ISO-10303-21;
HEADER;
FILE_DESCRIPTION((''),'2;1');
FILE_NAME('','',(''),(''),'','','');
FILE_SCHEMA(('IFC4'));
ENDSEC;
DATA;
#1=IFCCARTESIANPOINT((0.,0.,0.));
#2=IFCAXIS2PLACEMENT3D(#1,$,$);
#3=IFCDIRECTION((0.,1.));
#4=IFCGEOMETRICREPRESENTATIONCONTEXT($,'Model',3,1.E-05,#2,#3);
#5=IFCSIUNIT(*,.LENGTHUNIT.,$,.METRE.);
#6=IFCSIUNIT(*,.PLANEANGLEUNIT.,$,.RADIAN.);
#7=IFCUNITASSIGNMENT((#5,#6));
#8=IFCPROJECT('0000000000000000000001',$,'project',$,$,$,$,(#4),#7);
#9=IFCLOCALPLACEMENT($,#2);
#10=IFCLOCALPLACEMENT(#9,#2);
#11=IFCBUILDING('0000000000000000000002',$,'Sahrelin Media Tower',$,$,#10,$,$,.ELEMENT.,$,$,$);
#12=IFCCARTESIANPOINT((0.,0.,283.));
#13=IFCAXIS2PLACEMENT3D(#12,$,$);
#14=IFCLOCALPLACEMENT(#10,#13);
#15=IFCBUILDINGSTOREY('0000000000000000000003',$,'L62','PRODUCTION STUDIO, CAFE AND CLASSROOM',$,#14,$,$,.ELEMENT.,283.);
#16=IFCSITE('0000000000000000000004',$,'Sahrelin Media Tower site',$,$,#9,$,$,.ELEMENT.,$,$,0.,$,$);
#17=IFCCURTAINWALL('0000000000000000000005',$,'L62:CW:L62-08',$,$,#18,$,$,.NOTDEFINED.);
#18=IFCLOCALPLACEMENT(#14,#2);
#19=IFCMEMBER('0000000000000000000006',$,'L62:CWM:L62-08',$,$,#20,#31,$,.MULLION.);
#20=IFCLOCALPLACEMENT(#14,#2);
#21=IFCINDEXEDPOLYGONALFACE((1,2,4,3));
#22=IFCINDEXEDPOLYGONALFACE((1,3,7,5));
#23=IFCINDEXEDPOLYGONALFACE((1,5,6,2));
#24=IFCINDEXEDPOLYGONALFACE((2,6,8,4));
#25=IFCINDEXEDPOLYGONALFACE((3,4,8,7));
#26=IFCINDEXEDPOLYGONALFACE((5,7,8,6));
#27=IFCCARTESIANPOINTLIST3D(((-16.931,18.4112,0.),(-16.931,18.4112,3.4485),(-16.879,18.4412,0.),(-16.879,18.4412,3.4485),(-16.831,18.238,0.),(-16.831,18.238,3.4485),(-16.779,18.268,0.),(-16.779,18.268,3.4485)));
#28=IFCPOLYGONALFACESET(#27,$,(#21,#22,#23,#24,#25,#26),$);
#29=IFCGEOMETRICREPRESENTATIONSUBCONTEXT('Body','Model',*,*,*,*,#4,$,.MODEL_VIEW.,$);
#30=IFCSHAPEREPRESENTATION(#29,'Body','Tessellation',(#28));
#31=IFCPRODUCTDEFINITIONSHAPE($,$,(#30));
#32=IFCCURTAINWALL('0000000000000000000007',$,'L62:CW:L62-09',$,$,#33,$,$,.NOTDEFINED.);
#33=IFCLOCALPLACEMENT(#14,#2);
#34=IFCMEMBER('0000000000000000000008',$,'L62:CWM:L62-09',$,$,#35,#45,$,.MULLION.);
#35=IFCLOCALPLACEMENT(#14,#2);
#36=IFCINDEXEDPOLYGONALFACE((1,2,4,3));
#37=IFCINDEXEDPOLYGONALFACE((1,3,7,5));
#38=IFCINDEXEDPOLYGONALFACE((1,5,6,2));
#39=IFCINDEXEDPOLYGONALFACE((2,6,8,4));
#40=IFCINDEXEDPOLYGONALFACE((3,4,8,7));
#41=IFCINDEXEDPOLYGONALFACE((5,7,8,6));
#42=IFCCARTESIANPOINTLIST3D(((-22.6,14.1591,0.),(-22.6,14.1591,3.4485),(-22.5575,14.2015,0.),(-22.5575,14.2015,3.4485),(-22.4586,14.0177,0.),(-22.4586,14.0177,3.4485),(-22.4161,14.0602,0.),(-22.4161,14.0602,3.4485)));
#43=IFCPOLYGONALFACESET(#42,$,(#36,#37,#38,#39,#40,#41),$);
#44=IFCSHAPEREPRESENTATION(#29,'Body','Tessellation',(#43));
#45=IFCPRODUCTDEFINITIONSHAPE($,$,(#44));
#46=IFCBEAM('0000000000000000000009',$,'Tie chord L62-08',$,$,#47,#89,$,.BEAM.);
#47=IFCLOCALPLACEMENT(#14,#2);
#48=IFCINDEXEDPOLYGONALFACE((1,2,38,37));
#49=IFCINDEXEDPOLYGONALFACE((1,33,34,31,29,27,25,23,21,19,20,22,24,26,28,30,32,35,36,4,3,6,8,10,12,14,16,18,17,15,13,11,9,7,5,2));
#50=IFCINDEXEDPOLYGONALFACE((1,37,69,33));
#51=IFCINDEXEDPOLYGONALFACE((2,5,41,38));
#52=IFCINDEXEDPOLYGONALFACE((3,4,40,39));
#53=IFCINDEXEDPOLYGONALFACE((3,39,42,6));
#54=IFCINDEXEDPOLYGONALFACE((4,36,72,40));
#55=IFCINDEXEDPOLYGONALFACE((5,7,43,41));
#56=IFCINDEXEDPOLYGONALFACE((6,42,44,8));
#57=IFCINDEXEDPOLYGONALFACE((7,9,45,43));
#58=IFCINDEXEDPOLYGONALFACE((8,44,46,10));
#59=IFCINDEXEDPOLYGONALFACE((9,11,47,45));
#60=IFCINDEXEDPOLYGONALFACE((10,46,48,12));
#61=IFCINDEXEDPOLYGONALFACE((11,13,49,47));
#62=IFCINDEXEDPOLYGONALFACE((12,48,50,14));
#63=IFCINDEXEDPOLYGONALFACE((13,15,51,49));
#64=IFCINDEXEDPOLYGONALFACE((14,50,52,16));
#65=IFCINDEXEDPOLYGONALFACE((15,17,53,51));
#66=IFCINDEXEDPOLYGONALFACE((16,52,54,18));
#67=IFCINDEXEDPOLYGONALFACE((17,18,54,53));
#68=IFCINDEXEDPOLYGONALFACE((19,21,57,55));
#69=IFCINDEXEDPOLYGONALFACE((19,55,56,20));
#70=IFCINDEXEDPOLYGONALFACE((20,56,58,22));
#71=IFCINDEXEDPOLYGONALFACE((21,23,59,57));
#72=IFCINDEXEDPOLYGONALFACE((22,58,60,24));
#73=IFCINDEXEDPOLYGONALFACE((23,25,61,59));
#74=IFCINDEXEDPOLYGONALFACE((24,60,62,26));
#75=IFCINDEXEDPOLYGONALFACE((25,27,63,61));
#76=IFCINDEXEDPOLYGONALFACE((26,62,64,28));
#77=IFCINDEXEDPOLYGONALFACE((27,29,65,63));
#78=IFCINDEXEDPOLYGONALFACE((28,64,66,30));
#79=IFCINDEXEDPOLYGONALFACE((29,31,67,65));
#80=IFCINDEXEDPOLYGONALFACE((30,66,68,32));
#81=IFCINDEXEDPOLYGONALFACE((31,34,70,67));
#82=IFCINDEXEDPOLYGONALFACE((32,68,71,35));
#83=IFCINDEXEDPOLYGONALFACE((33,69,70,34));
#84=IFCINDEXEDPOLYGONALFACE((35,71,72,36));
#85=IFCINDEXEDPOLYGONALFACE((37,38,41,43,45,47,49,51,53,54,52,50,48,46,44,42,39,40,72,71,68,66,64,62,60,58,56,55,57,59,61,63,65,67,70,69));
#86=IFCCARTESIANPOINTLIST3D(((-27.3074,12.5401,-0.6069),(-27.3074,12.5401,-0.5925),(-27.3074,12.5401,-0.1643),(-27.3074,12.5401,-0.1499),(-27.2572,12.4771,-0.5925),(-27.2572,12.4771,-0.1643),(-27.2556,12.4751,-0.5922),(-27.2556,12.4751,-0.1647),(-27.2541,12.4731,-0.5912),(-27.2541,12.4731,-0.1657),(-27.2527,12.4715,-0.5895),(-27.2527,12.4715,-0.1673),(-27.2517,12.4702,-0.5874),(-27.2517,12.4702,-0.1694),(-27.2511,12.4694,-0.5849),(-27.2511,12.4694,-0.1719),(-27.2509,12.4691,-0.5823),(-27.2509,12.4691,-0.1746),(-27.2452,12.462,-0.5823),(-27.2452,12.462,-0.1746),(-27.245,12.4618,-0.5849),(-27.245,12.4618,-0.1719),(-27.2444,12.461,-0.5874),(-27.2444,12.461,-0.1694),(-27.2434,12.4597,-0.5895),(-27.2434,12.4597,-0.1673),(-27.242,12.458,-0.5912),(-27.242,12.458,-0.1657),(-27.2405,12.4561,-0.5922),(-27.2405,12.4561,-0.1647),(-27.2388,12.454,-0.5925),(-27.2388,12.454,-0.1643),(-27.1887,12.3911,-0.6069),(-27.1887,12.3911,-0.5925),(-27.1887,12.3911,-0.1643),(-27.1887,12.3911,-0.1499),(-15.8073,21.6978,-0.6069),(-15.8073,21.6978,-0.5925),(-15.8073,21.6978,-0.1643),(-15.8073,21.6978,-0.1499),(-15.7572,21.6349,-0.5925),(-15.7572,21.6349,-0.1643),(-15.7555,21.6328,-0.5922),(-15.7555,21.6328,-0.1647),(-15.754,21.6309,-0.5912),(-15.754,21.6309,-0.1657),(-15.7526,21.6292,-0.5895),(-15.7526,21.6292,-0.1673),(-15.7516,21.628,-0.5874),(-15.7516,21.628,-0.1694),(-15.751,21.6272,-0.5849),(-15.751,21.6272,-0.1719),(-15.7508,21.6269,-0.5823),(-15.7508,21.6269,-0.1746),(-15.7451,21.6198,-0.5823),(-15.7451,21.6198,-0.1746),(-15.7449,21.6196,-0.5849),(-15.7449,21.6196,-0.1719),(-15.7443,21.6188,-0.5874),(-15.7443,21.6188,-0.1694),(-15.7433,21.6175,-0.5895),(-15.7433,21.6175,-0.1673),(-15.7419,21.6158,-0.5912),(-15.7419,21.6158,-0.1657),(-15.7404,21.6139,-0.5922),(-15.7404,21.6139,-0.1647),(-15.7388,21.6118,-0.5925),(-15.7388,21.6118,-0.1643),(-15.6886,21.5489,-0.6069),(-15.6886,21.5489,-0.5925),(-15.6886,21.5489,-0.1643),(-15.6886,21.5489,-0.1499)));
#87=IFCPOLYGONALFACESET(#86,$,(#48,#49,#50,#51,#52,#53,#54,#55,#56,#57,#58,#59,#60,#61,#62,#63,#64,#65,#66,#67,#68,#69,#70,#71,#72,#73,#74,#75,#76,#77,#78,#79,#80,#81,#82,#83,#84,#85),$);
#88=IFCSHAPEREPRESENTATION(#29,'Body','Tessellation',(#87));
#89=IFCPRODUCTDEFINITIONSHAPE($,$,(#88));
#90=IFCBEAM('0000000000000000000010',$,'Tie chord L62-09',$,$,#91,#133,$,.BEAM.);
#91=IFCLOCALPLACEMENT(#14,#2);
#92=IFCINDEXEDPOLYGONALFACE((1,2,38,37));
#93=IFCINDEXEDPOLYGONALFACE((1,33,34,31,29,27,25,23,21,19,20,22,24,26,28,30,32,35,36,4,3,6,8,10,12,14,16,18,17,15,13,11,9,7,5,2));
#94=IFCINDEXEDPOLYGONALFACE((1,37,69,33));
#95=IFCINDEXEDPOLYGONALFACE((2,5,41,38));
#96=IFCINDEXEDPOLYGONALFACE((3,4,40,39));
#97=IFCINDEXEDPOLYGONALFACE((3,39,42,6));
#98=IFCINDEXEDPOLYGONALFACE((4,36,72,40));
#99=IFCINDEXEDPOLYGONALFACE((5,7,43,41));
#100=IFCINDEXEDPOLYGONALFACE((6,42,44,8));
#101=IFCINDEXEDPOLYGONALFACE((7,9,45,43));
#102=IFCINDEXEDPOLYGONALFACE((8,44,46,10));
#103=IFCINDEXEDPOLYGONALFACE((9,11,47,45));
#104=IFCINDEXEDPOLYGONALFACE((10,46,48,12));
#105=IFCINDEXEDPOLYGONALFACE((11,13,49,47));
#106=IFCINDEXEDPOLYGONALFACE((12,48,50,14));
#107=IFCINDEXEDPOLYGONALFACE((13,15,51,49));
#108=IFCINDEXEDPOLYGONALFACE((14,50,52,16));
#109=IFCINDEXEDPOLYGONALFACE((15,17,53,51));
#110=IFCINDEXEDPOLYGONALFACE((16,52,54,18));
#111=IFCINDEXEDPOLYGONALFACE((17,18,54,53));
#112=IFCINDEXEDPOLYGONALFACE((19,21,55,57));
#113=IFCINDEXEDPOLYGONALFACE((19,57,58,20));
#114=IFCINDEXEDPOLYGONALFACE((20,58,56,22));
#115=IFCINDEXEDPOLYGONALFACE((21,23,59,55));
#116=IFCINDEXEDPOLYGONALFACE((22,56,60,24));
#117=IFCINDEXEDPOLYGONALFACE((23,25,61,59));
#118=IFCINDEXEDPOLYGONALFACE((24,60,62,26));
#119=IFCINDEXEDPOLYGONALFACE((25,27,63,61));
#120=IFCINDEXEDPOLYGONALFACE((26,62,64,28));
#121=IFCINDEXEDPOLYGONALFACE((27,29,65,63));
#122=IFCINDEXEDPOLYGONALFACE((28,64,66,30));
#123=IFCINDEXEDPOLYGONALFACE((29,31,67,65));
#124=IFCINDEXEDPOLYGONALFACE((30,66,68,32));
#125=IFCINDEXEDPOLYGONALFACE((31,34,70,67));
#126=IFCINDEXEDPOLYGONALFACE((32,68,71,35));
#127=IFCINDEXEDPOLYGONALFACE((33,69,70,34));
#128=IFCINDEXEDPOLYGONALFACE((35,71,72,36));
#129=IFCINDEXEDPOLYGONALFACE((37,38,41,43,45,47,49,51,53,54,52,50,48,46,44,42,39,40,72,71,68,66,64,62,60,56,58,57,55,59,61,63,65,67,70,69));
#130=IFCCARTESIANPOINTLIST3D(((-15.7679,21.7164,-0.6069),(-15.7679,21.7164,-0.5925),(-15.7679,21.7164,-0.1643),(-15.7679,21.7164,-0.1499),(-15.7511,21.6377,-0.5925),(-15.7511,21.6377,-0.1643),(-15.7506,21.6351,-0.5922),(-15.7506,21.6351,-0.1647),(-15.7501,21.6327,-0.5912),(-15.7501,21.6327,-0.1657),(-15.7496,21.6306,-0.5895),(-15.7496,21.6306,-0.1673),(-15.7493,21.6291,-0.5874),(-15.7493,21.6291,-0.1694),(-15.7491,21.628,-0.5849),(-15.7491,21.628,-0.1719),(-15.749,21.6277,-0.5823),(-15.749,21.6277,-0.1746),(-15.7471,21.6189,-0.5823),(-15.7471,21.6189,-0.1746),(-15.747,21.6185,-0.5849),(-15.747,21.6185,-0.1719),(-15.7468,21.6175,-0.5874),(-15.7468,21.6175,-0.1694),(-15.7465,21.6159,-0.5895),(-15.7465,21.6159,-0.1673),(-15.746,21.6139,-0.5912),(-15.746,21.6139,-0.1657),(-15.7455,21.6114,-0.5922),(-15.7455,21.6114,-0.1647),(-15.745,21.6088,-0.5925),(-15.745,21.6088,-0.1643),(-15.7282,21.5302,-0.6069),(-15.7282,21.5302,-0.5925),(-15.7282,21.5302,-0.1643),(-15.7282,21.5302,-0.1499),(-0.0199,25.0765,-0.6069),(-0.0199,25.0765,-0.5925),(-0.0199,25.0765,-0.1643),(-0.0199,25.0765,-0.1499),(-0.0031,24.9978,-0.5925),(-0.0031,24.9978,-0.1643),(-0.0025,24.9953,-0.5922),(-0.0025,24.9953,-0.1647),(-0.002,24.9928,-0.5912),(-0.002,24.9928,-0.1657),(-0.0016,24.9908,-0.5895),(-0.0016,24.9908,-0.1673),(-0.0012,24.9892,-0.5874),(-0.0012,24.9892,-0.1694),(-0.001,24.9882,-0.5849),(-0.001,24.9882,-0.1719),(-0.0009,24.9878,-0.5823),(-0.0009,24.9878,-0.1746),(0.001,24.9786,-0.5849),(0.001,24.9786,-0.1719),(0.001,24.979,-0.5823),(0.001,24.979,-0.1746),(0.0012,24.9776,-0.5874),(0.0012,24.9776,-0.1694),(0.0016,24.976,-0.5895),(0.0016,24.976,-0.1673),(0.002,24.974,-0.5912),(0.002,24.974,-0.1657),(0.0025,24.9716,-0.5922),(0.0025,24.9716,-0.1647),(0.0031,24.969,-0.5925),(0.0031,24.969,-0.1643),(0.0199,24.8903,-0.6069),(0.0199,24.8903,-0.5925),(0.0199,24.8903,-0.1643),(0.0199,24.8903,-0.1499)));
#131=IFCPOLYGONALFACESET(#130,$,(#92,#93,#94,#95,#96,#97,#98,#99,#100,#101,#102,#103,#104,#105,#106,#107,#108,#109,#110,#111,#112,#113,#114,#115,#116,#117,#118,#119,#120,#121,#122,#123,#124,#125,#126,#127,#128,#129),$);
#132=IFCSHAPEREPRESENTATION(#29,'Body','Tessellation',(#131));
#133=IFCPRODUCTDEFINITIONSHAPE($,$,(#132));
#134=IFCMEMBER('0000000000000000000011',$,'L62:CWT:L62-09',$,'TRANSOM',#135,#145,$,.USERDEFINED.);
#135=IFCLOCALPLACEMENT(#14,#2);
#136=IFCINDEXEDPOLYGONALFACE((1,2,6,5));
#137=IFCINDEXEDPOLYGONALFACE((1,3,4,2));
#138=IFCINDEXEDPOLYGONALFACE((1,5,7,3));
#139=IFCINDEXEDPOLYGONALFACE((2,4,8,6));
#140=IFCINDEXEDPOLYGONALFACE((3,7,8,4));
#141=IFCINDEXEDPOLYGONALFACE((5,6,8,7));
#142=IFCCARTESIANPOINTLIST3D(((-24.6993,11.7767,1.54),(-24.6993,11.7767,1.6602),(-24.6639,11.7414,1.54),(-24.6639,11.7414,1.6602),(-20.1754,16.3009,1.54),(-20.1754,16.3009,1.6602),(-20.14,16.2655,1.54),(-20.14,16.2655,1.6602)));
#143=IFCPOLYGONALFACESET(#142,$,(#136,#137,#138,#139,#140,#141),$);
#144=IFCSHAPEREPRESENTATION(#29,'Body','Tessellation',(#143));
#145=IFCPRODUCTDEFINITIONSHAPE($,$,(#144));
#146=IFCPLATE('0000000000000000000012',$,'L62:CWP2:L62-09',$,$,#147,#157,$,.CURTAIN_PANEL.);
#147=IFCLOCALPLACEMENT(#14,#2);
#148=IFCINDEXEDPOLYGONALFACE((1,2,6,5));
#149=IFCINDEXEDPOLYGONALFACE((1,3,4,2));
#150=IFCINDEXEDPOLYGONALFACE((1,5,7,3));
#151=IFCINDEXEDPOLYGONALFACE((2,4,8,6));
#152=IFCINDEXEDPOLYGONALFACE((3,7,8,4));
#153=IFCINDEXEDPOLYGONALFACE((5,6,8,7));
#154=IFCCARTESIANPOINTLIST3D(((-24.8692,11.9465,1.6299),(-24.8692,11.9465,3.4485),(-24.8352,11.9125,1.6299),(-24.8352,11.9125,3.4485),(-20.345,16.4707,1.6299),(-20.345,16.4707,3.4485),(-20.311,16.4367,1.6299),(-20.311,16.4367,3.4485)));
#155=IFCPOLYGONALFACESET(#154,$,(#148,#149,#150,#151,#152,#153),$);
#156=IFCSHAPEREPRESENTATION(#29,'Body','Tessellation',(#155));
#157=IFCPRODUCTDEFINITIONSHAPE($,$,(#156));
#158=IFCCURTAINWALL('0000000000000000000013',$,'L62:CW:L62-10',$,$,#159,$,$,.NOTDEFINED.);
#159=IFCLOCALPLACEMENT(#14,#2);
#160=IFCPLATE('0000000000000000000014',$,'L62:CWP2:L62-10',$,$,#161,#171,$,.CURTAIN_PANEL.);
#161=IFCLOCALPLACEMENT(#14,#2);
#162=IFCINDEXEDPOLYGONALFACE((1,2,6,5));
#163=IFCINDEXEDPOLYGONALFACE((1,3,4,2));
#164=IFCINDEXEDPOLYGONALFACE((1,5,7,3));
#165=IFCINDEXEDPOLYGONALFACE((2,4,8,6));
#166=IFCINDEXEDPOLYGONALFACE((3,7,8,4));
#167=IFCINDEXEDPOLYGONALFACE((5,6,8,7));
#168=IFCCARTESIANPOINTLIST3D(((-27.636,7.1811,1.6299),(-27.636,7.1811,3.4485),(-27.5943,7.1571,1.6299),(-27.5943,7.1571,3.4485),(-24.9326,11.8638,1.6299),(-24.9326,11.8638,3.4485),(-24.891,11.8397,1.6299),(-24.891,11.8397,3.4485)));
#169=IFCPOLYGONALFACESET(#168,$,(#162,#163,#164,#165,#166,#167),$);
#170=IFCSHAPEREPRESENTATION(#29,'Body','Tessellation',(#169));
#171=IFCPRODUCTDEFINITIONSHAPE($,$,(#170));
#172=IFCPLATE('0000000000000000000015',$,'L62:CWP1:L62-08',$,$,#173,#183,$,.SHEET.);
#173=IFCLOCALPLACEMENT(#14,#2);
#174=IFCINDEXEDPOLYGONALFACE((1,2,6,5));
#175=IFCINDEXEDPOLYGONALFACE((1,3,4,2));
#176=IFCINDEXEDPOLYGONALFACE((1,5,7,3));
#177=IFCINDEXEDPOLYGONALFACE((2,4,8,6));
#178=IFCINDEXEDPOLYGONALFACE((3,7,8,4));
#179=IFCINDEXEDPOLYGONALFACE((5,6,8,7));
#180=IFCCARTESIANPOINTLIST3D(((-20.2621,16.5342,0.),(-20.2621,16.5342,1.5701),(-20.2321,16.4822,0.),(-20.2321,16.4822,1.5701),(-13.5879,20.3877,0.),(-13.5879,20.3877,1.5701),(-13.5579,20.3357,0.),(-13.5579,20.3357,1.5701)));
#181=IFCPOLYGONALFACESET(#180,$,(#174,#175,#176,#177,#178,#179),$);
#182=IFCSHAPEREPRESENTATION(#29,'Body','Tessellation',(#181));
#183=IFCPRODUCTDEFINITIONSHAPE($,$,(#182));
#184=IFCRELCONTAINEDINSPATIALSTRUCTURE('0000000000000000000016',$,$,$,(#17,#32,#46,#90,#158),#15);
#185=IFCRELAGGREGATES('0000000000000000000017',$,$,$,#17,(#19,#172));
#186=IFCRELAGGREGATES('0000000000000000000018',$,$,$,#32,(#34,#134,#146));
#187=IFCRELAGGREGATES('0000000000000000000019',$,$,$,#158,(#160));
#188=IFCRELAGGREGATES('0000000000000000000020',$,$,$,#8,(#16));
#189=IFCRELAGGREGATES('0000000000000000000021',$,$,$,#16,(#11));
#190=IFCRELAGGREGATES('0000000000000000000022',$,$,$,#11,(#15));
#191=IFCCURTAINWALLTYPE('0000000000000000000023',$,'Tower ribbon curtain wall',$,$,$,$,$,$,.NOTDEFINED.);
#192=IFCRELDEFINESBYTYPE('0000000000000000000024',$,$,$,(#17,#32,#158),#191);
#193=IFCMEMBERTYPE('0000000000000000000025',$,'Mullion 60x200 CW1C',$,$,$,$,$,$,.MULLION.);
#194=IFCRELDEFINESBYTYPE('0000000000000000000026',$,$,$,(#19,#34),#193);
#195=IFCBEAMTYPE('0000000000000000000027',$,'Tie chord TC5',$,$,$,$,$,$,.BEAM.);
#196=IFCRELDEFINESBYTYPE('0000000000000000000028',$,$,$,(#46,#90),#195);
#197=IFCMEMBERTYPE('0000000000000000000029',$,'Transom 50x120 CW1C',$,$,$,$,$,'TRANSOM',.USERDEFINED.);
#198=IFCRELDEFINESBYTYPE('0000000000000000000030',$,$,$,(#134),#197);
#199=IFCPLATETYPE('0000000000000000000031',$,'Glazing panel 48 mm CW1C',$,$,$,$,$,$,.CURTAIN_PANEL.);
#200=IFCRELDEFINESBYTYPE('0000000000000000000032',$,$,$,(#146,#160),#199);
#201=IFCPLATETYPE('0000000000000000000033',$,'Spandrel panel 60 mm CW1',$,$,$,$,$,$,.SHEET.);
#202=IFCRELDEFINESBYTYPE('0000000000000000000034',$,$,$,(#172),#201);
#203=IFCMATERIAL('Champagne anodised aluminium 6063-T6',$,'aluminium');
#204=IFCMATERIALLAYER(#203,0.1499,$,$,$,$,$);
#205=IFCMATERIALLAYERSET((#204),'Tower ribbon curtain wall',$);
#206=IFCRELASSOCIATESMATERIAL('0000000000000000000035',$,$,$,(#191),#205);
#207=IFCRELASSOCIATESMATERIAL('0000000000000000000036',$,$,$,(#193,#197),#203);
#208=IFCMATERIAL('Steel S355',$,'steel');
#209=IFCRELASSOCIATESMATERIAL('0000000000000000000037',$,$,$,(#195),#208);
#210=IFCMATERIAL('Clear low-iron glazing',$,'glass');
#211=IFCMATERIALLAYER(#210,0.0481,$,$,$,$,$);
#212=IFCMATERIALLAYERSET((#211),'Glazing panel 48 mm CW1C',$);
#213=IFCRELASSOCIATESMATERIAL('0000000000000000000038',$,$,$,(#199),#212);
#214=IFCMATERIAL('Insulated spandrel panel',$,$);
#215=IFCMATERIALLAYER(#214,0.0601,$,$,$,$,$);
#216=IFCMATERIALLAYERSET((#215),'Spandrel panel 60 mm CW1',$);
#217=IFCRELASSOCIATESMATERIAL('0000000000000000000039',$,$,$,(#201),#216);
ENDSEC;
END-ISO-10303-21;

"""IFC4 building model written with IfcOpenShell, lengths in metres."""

from ifc_helpers import new_model, si_unit, direction, frame, origin, origin_2d, place, context, subcontext, project, spatial, polyline, rectangle, i_section, outline, extrude, material, layer, layer_set, material_profile, profile_set, type_object, element, aggregate, save


model = new_model("IFC4")

# Units and contexts
model_context = context("Model", 3, precision=1e-05, world=origin(), true_north=direction((0.0, 1.0)))
body_context = subcontext(model_context, "Body", "Model", "MODEL_VIEW")
ifc_project = project(units=[si_unit("LENGTHUNIT", "METRE"), si_unit("PLANEANGLEUNIT", "RADIAN")], contexts=[model_context])

# Site, building, storey
site_placement = place(None, origin())
site = spatial("IfcSite", under=ifc_project, at=site_placement, Name="Sahrelin Media Tower site", CompositionType="ELEMENT", RefElevation=0.0)
building_placement = place(site_placement, origin())
building = spatial("IfcBuilding", under=site, at=building_placement, Name="Sahrelin Media Tower", CompositionType="ELEMENT")
storey_placement = place(building_placement, frame((0.0, 0.0, 283.0)))
storey = spatial("IfcBuildingStorey", under=building, at=storey_placement, Name="L62", Description="PRODUCTION STUDIO, CAFE AND CLASSROOM", CompositionType="ELEMENT", Elevation=283.0)

# Shared definitions
ifc_material_1 = material(Name="Steel S355", Category="steel")

# Curtain walls, members
ifc_material_2 = material(Name="Champagne anodised aluminium 6063-T6", Category="aluminium")
ifc_layer_1 = layer(ifc_material_2, 0.1499)
ifc_layer_set_1 = layer_set([ifc_layer_1], Name="Tower ribbon curtain wall")
curtain_wall_type = type_object("IfcCurtainWallType", Name="Tower ribbon curtain wall", PredefinedType="NOTDEFINED", material=ifc_layer_set_1)
curtain_wall_1_placement = place(storey_placement, frame((-16.915, 18.4436, 0.0), z_axis=(0.0, 0.0, 1.0), x_axis=(1.0, 0.0, 0.0)))
curtain_wall_1 = element("IfcCurtainWall", 1, at=curtain_wall_1_placement, inside=storey, type_object=curtain_wall_type, Name="L62:CW:L62-08", PredefinedType="NOTDEFINED")
ifc_material_profile_1 = material_profile(ifc_material_2, rectangle(XDim=0.0601, YDim=0.2, at=origin_2d()), Name="Mullion 60x200")
ifc_profile_set_1 = profile_set([ifc_material_profile_1], Name="Champagne anodised aluminium 6063-T6")
member_type_1 = type_object("IfcMemberType", Name="Mullion 60x200 CW1C", PredefinedType="MULLION", material=ifc_profile_set_1)
member_1_placement = place(storey_placement, frame((-16.855, 18.3396, 0.0), z_axis=(0.0, 0.0, 1.0), x_axis=(-0.866024, -0.500003, 0.0)))
member_1 = element("IfcMember", 2, at=member_1_placement, type_object=member_type_1, Name="L62:CWM:L62-08", PredefinedType="MULLION", context=body_context, shape_type="SweptSolid", body=[
    extrude(rectangle(XDim=0.0601, YDim=0.2, at=origin_2d()), origin(), (0.0, 0.0, 1.0), 3.4485),
])
curtain_wall_2_placement = place(storey_placement, frame((-22.593, 14.1943, 0.0), z_axis=(0.0, 0.0, 1.0), x_axis=(1.0, 0.0, 0.0)))
curtain_wall_2 = element("IfcCurtainWall", 3, at=curtain_wall_2_placement, inside=storey, type_object=curtain_wall_type, Name="L62:CW:L62-09", PredefinedType="NOTDEFINED")
member_2_placement = place(storey_placement, frame((-22.5081, 14.1096, 0.0), z_axis=(0.0, 0.0, 1.0), x_axis=(-0.707107, -0.707107, 0.0)))
member_2 = element("IfcMember", 4, at=member_2_placement, type_object=member_type_1, Name="L62:CWM:L62-09", PredefinedType="MULLION", context=body_context, shape_type="SweptSolid", body=[
    extrude(rectangle(XDim=0.0601, YDim=0.2, at=origin_2d()), origin(), (0.0, 0.0, 1.0), 3.4485),
])

# Beams
ifc_material_profile_2 = material_profile(ifc_material_1, i_section(OverallWidth=0.1904, OverallDepth=0.457, WebThickness=0.009, FlangeThickness=0.0144, FilletRadius=0.0103, at=origin_2d()), Name="UB 457x191x74")
ifc_profile_set_2 = profile_set([ifc_material_profile_2], Name="Steel S355")
beam_type_1 = type_object("IfcBeamType", Name="Tie chord TC5", PredefinedType="BEAM", material=ifc_profile_set_2)
beam_1_placement = place(storey_placement, frame((-27.248, 12.4656, -0.3784), z_axis=(0.78227, 0.62294, 0.0), x_axis=(-0.62294, 0.78227, 0.0)))
element("IfcBeam", 5, at=beam_1_placement, inside=storey, type_object=beam_type_1, Name="Tie chord L62-08", PredefinedType="BEAM", context=body_context, shape_type="SweptSolid", body=[
    extrude(i_section(OverallWidth=0.1904, OverallDepth=0.457, WebThickness=0.009, FlangeThickness=0.0144, FilletRadius=0.0103, at=origin_2d()), origin(), (0.0, 0.0, 1.0), 14.7009),
])
beam_2_placement = place(storey_placement, frame((-15.748, 21.6233, -0.3784), z_axis=(0.977986, 0.20867, 0.0), x_axis=(-0.20867, 0.977986, 0.0)))
element("IfcBeam", 6, at=beam_2_placement, inside=storey, type_object=beam_type_1, Name="Tie chord L62-09", PredefinedType="BEAM", context=body_context, shape_type="SweptSolid", body=[
    extrude(i_section(OverallWidth=0.1904, OverallDepth=0.457, WebThickness=0.009, FlangeThickness=0.0144, FilletRadius=0.0103, at=origin_2d()), origin(), (0.0, 0.0, 1.0), 16.1025),
])

# Member
ifc_material_profile_3 = material_profile(ifc_material_2, rectangle(XDim=0.05, YDim=0.1201, at=origin_2d()), Name="Transom 50x120")
ifc_profile_set_3 = profile_set([ifc_material_profile_3], Name="Champagne anodised aluminium 6063-T6")
member_type_2 = type_object("IfcMemberType", Name="Transom 50x120 CW1C", ElementType="TRANSOM", PredefinedType="USERDEFINED", material=ifc_profile_set_3)
member_3_placement = place(storey_placement, frame((-20.1577, 16.2832, 1.6001), z_axis=(-0.707088, -0.707126, 0.0), x_axis=(0.707126, -0.707088, 0.0)))
member_3 = element("IfcMember", 7, at=member_3_placement, type_object=member_type_2, Name="L62:CWT:L62-09", ObjectType="TRANSOM", PredefinedType="USERDEFINED", context=body_context, shape_type="SweptSolid", body=[
    extrude(rectangle(XDim=0.05, YDim=0.1201, at=origin_2d()), origin(), (0.0, 0.0, 1.0), 6.3979),
])

# Plate
ifc_material_3 = material(Name="Clear low-iron glazing", Category="glass")
ifc_layer_2 = layer(ifc_material_3, 0.0481)
ifc_layer_set_2 = layer_set([ifc_layer_2], Name="Glazing panel 48 mm CW1C")
plate_type_1 = type_object("IfcPlateType", Name="Glazing panel 48 mm CW1C", PredefinedType="CURTAIN_PANEL", material=ifc_layer_set_2)
plate_1_placement = place(storey_placement, frame((-20.345, 16.4707, 1.6299), z_axis=(-0.707107, 0.707107, 0.0), x_axis=(-0.707107, -0.707107, 0.0)))
plate_1 = element("IfcPlate", 8, at=plate_1_placement, type_object=plate_type_1, Name="L62:CWP2:L62-09", PredefinedType="CURTAIN_PANEL", context=body_context, shape_type="SweptSolid", body=[
    extrude(outline(polyline([(0.0, 0.0), (6.3982, 0.0), (6.3982, 1.8186), (0.0, 1.8186), (0.0, 0.0)])), origin(), (0.0, 0.0, -1.0), 0.0481),
])

# Curtain wall, plate
curtain_wall_3_placement = place(storey_placement, frame((-26.2671, 9.5125, 0.0), z_axis=(0.0, 0.0, 1.0), x_axis=(1.0, 0.0, 0.0)))
curtain_wall_3 = element("IfcCurtainWall", 9, at=curtain_wall_3_placement, inside=storey, type_object=curtain_wall_type, Name="L62:CW:L62-10", PredefinedType="NOTDEFINED")
plate_2_placement = place(storey_placement, frame((-24.9326, 11.8638, 1.6299), z_axis=(-0.866037, 0.49998, 0.0), x_axis=(-0.49998, -0.866037, 0.0)))
plate_2 = element("IfcPlate", 10, at=plate_2_placement, type_object=plate_type_1, Name="L62:CWP2:L62-10", PredefinedType="CURTAIN_PANEL", context=body_context, shape_type="SweptSolid", body=[
    extrude(outline(polyline([(0.0, 0.0), (5.407, 0.0), (5.407, 1.8186), (0.0, 1.8186), (0.0, 0.0)])), origin(), (0.0, 0.0, -1.0), 0.0481),
])

# Plate
ifc_material_4 = material(Name="Insulated spandrel panel")
ifc_layer_3 = layer(ifc_material_4, 0.0601)
ifc_layer_set_3 = layer_set([ifc_layer_3], Name="Spandrel panel 60 mm CW1")
plate_type_2 = type_object("IfcPlateType", Name="Spandrel panel 60 mm CW1", PredefinedType="SHEET", material=ifc_layer_set_3)
plate_3_placement = place(storey_placement, frame((-13.5879, 20.3877, 0.0), z_axis=(-0.500009, 0.86602, 0.0), x_axis=(-0.86602, -0.500009, 0.0)))
plate_3 = element("IfcPlate", 11, at=plate_3_placement, type_object=plate_type_2, Name="L62:CWP1:L62-08", PredefinedType="SHEET", context=body_context, shape_type="SweptSolid", body=[
    extrude(outline(polyline([(0.0, 0.0), (7.7068, 0.0), (7.7068, 1.5701), (0.0, 1.5701), (0.0, 0.0)])), origin(), (0.0, 0.0, -1.0), 0.0601),
])
aggregate(curtain_wall_1, [member_1, plate_3])
aggregate(curtain_wall_2, [member_2, member_3, plate_1])
aggregate(curtain_wall_3, [plate_2])

save(model, "model.ifc")
